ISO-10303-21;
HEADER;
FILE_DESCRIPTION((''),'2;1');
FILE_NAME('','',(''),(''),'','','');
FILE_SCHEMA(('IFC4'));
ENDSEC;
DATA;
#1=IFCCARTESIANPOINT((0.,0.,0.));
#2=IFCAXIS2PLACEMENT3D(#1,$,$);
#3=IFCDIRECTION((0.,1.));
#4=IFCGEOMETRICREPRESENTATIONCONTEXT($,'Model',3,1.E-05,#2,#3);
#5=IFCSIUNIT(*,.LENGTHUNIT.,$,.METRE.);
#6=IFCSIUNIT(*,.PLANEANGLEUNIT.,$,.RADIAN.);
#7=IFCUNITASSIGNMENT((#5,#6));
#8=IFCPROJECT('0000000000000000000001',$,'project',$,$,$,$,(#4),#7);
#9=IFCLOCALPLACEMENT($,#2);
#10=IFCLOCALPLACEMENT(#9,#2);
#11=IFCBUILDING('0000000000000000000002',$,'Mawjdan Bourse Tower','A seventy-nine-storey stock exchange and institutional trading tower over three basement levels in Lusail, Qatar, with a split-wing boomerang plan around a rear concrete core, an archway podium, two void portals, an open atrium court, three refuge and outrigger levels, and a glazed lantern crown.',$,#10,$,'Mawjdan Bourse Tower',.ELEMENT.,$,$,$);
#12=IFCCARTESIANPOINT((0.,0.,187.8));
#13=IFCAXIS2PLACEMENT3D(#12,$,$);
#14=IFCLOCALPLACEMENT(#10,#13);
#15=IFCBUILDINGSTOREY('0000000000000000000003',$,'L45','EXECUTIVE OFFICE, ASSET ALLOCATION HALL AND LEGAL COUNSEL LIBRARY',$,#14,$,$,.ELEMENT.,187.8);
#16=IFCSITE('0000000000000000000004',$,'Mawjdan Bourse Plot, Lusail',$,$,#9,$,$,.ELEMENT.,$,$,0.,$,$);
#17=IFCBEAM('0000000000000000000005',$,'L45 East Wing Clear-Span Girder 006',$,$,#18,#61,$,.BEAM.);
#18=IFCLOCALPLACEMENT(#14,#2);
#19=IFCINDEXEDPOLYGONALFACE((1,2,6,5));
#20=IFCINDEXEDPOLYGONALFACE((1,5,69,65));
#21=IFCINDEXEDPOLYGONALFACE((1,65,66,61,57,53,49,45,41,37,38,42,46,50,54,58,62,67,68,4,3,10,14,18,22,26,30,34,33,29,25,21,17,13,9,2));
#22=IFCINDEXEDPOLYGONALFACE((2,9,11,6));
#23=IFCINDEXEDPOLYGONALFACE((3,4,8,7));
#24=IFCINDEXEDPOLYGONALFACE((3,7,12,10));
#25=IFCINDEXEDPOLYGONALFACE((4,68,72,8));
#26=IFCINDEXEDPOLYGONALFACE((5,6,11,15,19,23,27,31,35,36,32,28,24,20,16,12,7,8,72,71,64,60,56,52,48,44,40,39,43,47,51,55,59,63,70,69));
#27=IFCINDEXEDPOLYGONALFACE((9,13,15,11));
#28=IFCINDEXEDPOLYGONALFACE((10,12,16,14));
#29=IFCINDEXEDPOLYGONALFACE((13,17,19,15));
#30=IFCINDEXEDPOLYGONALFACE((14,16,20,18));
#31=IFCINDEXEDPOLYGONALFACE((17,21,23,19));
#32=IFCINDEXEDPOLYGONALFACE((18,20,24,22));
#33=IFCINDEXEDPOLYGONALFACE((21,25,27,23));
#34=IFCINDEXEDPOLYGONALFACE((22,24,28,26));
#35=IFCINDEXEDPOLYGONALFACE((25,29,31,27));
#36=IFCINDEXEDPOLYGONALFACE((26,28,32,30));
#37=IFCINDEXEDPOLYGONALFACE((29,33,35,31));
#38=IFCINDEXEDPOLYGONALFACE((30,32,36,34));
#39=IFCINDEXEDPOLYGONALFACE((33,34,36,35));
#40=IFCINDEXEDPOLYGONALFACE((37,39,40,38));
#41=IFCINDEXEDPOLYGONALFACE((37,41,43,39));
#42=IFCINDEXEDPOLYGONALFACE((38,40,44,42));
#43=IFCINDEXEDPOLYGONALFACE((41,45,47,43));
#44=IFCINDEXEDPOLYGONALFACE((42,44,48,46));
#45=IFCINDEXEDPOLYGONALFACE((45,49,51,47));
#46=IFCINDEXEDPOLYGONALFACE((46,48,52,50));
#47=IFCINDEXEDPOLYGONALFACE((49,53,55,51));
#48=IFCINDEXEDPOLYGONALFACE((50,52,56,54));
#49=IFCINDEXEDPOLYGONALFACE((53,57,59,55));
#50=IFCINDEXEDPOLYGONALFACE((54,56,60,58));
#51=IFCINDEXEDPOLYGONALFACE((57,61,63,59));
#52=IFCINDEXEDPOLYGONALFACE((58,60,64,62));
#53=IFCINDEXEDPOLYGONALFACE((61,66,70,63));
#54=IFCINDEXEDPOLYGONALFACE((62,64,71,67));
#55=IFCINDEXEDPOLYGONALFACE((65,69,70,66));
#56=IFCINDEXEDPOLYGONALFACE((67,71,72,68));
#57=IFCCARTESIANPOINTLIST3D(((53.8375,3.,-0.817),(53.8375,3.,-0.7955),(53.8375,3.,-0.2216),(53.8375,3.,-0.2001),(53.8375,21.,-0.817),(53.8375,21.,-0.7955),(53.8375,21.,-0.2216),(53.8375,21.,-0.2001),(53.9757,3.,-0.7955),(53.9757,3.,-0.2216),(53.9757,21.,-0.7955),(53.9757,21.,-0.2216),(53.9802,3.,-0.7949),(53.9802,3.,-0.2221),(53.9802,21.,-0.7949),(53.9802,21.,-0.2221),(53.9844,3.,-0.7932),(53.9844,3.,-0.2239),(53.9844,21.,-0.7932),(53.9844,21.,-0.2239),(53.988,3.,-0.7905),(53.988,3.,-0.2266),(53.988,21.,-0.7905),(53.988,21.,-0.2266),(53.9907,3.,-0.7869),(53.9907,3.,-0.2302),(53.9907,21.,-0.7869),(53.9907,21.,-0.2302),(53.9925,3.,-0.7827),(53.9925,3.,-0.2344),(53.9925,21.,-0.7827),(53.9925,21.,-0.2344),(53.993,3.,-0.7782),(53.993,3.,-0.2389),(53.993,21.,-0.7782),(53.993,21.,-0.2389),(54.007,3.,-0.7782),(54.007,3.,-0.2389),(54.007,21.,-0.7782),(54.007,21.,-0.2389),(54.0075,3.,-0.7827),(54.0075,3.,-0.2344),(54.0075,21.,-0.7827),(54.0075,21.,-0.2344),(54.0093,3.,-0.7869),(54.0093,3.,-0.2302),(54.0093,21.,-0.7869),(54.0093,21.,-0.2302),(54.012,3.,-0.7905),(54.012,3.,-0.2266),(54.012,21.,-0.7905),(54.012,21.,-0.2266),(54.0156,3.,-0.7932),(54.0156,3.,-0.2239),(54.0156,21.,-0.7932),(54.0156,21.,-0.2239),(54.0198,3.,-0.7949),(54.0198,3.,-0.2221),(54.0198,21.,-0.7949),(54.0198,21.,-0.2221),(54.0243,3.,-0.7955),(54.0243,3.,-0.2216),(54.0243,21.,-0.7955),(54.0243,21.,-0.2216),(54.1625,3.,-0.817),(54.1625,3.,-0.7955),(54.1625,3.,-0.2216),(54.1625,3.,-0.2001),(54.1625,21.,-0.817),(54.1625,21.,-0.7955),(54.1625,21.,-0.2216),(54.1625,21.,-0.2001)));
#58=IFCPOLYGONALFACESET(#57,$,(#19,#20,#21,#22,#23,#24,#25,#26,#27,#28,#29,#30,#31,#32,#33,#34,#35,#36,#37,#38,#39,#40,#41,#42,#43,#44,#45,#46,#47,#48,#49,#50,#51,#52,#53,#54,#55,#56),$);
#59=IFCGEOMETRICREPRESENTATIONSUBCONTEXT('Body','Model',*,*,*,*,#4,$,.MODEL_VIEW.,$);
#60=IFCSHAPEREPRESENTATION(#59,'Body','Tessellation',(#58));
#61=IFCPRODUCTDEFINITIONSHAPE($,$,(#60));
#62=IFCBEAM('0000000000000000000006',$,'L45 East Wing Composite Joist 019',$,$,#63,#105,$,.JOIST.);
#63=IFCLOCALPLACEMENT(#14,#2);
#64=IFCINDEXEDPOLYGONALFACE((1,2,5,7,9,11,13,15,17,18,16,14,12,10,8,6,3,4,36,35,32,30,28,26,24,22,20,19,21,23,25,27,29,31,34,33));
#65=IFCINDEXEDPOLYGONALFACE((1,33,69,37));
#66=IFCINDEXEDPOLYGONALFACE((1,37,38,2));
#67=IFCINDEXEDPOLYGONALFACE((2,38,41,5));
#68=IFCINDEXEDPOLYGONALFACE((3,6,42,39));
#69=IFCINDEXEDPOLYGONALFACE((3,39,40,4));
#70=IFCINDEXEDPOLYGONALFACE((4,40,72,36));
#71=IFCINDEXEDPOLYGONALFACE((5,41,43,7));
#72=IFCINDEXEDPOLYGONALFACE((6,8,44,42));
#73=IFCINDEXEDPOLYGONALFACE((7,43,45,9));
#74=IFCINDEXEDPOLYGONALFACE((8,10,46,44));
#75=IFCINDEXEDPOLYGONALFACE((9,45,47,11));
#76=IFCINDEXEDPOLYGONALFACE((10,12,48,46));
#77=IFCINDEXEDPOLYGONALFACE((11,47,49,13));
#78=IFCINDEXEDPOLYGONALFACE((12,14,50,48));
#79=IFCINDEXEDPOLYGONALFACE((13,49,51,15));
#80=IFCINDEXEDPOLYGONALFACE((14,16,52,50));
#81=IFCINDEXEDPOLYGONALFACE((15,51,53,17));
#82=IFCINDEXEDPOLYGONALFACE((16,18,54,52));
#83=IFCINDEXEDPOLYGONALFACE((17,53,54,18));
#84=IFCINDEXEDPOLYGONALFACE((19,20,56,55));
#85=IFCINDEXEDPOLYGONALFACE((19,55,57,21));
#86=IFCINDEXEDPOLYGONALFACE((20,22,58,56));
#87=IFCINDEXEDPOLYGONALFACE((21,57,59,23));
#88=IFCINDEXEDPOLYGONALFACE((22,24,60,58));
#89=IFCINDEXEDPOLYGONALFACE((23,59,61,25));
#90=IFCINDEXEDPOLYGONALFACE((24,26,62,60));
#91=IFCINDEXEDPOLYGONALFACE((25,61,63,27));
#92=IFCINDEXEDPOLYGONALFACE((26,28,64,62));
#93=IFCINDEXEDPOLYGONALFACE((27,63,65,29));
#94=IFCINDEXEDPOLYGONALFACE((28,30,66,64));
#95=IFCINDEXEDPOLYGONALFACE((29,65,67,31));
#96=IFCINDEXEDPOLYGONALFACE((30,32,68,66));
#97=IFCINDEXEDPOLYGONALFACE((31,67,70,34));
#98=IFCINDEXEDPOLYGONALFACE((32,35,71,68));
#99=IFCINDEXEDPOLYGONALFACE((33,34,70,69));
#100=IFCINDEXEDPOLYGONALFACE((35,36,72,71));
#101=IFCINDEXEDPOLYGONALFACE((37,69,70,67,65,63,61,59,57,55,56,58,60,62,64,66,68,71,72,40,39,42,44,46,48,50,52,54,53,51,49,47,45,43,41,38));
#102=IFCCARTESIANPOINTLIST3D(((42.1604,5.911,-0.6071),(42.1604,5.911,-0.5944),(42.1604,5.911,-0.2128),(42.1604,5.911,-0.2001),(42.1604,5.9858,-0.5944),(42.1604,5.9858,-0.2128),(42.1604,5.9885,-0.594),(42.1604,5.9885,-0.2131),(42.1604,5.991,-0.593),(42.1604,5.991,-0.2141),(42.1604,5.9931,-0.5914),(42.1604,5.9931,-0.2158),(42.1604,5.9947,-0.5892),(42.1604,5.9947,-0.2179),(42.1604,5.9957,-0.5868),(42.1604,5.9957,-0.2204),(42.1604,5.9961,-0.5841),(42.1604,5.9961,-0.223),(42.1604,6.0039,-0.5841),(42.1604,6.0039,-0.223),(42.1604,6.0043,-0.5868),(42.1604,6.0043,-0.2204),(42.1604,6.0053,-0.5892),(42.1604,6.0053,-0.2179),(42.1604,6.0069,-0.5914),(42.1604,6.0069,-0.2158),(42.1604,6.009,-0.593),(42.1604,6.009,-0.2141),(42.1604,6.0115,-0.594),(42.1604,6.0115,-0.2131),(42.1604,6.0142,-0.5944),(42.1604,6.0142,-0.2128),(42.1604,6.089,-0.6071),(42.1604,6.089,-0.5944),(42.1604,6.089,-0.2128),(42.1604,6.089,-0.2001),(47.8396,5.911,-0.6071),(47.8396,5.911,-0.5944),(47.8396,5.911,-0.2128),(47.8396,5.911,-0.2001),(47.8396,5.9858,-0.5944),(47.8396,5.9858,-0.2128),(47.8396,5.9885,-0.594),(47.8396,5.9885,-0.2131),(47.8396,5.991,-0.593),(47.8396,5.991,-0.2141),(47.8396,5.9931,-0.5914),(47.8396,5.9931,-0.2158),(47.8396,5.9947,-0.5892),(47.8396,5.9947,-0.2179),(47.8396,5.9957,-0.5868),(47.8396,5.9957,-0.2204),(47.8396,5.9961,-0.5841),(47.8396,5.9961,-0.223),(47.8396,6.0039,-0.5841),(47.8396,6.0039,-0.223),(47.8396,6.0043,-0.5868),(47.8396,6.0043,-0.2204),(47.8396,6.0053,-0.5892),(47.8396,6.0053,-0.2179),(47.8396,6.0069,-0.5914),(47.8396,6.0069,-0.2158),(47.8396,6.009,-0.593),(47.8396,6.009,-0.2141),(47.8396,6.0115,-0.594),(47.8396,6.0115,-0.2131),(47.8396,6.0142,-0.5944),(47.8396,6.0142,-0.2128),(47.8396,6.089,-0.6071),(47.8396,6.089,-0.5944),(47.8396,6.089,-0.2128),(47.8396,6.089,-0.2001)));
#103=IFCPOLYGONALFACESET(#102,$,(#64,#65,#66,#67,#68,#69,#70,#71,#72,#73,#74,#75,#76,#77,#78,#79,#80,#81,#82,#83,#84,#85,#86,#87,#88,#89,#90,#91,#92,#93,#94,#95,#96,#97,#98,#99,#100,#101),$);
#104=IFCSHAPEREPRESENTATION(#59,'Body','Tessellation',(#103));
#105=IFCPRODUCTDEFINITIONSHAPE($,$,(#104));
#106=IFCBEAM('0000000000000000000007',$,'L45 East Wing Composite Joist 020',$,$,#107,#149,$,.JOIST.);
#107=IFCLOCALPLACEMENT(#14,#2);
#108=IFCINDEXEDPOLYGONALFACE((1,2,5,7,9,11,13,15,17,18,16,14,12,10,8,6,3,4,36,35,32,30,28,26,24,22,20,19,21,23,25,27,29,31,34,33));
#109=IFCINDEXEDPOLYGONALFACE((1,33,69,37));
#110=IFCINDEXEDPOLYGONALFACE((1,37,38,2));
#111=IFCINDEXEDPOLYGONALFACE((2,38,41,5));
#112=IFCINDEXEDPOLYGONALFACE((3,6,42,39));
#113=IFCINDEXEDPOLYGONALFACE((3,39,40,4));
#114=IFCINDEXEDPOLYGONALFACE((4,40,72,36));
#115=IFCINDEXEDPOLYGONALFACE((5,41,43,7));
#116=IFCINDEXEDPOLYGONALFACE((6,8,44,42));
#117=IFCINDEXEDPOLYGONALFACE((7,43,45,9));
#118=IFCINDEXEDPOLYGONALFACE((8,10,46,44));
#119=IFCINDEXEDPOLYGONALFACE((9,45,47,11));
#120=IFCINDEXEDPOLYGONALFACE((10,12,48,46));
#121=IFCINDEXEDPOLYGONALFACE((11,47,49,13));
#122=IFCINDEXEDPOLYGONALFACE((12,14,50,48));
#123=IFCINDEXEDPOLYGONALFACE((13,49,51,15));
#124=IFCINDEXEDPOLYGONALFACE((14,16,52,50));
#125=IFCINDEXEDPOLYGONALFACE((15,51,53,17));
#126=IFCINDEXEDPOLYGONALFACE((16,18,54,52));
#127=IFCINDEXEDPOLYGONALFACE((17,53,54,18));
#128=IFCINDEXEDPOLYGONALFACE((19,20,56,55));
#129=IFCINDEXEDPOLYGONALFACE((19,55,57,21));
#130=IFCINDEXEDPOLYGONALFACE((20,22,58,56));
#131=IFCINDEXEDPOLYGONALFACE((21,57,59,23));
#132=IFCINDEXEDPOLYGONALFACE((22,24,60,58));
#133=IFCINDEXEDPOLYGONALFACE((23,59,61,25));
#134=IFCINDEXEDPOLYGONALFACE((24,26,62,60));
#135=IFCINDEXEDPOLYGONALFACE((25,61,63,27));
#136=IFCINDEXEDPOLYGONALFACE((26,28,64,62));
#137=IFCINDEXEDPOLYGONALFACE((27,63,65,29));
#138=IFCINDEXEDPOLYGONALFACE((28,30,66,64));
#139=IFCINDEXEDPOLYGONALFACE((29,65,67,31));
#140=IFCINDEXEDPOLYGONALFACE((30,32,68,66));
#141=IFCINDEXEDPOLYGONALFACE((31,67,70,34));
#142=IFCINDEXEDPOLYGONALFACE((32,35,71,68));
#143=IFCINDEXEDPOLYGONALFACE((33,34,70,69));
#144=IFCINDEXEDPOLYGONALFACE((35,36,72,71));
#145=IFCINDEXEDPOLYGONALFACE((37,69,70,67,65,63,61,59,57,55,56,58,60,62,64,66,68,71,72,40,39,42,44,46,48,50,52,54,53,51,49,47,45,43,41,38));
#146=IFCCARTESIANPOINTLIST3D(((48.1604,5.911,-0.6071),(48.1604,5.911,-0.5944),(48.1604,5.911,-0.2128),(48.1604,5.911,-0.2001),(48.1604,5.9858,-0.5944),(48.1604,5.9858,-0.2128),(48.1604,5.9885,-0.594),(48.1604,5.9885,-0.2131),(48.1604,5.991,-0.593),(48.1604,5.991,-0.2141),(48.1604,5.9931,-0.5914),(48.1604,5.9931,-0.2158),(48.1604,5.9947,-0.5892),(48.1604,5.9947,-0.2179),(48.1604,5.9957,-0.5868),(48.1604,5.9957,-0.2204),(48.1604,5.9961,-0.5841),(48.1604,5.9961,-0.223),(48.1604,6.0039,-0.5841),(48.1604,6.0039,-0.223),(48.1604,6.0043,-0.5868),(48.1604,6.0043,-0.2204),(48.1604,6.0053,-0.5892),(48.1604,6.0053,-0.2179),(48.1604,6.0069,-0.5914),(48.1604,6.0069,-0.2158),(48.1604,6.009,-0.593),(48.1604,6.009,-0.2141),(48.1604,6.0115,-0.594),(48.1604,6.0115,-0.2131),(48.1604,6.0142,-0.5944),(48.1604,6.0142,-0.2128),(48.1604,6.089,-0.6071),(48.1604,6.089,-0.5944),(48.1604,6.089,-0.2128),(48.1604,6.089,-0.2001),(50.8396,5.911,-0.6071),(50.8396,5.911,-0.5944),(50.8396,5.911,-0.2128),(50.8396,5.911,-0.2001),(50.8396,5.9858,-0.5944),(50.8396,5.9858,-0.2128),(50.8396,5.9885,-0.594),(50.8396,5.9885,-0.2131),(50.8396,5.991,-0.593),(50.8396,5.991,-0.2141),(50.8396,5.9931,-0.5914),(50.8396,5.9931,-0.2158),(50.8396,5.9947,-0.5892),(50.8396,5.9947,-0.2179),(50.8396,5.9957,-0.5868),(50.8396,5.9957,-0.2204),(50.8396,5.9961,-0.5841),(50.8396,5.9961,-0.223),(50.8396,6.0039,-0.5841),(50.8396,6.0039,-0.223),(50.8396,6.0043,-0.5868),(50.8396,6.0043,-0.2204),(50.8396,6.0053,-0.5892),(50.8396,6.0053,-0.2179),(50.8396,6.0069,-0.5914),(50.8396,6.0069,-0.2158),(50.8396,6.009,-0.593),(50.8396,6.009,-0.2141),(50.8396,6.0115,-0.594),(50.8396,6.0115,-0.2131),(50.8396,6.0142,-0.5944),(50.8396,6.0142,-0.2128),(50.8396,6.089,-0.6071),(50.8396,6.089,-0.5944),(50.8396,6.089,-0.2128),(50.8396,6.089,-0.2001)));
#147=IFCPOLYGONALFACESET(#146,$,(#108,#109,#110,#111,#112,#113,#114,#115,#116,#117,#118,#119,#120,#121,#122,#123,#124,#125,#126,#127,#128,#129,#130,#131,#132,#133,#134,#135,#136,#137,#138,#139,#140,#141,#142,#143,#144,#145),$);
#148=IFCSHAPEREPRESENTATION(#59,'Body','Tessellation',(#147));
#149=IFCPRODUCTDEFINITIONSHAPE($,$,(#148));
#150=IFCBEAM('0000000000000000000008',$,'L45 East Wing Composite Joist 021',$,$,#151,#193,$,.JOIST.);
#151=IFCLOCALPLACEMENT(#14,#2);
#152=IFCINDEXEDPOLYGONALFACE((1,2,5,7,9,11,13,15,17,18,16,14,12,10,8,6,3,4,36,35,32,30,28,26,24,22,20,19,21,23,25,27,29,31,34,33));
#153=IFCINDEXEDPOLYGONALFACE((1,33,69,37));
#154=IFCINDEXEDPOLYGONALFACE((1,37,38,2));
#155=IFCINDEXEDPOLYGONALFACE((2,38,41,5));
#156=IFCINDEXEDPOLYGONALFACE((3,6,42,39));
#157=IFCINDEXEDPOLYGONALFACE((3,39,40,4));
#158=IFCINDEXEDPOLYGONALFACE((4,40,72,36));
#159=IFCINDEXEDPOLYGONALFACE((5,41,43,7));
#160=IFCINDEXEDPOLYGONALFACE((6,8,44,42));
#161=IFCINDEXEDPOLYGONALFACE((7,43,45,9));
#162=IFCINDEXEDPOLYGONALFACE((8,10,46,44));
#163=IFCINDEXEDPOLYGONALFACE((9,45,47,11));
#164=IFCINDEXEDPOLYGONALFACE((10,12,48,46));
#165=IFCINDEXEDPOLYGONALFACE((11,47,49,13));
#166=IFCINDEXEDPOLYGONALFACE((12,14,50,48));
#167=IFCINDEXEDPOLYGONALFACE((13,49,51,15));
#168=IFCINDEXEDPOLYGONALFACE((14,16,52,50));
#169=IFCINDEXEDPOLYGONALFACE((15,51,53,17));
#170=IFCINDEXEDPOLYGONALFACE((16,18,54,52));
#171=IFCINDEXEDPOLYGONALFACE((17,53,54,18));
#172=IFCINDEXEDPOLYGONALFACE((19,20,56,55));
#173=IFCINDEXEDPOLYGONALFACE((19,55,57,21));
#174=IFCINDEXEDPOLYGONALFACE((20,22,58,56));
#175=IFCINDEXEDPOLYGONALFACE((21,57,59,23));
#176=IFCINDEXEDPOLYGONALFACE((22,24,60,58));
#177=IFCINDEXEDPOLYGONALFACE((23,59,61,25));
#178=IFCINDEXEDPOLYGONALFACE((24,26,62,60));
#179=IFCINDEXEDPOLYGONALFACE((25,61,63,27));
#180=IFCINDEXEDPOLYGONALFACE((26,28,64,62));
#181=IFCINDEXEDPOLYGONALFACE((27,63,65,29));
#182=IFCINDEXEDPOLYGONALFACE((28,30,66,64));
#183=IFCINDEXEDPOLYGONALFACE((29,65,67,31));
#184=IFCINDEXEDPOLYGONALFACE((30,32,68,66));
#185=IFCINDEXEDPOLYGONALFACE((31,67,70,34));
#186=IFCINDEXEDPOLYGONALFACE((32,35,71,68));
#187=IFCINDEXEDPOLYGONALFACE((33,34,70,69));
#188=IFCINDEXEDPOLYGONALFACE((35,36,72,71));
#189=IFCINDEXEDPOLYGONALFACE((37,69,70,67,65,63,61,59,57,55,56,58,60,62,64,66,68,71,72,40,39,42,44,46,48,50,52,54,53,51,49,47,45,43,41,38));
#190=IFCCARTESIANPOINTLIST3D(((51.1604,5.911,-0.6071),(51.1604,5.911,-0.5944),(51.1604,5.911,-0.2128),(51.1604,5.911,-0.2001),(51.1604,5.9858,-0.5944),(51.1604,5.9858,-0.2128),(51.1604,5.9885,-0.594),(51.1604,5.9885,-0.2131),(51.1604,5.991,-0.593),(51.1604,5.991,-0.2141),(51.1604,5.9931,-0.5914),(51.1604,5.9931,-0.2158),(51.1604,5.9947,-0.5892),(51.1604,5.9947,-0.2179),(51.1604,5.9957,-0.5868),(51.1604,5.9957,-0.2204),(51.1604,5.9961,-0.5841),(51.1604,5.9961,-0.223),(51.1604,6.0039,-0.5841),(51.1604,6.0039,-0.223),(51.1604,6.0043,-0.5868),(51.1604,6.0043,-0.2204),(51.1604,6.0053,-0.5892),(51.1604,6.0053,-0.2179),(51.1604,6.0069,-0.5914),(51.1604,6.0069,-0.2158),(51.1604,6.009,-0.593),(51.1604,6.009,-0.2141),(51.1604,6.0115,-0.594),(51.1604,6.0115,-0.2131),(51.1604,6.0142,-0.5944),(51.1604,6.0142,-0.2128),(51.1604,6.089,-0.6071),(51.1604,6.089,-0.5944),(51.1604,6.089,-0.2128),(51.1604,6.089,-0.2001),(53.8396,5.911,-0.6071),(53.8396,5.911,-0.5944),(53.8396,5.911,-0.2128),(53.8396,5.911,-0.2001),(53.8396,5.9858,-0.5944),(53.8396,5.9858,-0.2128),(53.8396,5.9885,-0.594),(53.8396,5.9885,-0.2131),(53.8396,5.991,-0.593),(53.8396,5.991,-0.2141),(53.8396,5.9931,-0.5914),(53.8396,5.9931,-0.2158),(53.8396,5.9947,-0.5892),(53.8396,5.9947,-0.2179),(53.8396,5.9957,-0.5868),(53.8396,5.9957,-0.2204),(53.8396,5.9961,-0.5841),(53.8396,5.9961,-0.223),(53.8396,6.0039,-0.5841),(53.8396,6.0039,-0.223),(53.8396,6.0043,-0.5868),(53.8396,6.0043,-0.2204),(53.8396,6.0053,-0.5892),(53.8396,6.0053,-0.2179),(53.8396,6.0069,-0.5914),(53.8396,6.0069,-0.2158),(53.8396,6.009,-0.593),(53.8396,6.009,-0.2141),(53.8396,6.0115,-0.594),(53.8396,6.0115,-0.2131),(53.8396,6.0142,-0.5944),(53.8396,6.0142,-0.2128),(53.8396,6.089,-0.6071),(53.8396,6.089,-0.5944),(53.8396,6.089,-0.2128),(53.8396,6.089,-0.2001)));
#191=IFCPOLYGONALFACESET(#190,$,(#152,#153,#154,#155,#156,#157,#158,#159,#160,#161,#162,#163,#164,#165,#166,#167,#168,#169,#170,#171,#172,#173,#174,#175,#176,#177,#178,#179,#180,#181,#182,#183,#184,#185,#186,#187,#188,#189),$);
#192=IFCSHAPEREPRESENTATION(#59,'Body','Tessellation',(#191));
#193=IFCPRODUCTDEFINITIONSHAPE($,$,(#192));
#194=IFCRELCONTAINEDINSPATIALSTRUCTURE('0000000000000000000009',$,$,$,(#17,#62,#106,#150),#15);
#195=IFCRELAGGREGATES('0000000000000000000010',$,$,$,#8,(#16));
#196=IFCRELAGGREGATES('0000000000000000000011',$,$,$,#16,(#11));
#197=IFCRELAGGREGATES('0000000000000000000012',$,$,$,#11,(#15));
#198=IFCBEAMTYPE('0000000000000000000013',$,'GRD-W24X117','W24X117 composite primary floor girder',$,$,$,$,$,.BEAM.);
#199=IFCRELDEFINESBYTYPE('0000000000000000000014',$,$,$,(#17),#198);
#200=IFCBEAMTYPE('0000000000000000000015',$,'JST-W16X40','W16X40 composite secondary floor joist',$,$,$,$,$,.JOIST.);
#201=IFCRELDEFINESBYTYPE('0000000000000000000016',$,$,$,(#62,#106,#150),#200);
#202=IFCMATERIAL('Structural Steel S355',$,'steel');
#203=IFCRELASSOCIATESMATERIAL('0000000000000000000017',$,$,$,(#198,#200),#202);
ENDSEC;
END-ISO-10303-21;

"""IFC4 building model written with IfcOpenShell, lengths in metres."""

from ifc_helpers import new_model, si_unit, direction, frame, origin, origin_2d, place, context, subcontext, project, spatial, i_section, extrude, material, material_profile, profile_set, type_object, element, save


model = new_model("IFC4")

# Units and contexts
model_context = context("Model", 3, precision=1e-05, world=origin(), true_north=direction((0.0, 1.0)))
body_context = subcontext(model_context, "Body", "Model", "MODEL_VIEW")
ifc_project = project(units=[si_unit("LENGTHUNIT", "METRE"), si_unit("PLANEANGLEUNIT", "RADIAN")], contexts=[model_context])

# Site, building, storey
site_placement = place(None, origin())
site = spatial("IfcSite", under=ifc_project, at=site_placement, Name="Mawjdan Bourse Plot, Lusail", CompositionType="ELEMENT", RefElevation=0.0)
building_placement = place(site_placement, origin())
building = spatial("IfcBuilding", under=site, at=building_placement, Name="Mawjdan Bourse Tower", Description="A seventy-nine-storey stock exchange and institutional trading tower over three basement levels in Lusail, Qatar, with a split-wing boomerang plan around a rear concrete core, an archway podium, two void portals, an open atrium court, three refuge and outrigger levels, and a glazed lantern crown.", LongName="Mawjdan Bourse Tower", CompositionType="ELEMENT")
storey_placement = place(building_placement, frame((0.0, 0.0, 187.8)))
storey = spatial("IfcBuildingStorey", under=building, at=storey_placement, Name="L45", Description="EXECUTIVE OFFICE, ASSET ALLOCATION HALL AND LEGAL COUNSEL LIBRARY", CompositionType="ELEMENT", Elevation=187.8)

# Beams
ifc_material_1 = material(Name="Structural Steel S355", Category="steel")
ifc_material_profile_1 = material_profile(ifc_material_1, i_section(OverallWidth=0.325, OverallDepth=0.6169, WebThickness=0.0139, FlangeThickness=0.0215, FilletRadius=0.0173, at=origin_2d()), Name="W24X117")
ifc_profile_set_1 = profile_set([ifc_material_profile_1], Name="Structural Steel S355")
beam_type_1 = type_object("IfcBeamType", Name="GRD-W24X117", Description="W24X117 composite primary floor girder", PredefinedType="BEAM", material=ifc_profile_set_1)
for number, where, z_axis, x_axis, name in (
    (1, (54.0, 3.0, -0.5085), (0.0, 1.0, 0.0), (-1.0, 0.0, 0.0), "L45 East Wing Clear-Span Girder 006"),
):
    element("IfcBeam", number, at=place(storey_placement, frame(where, z_axis=z_axis, x_axis=x_axis)), inside=storey, type_object=beam_type_1, Name=name, PredefinedType="BEAM", context=body_context, shape_type="SweptSolid", body=[
        extrude(i_section(OverallWidth=0.325, OverallDepth=0.6169, WebThickness=0.0139, FlangeThickness=0.0215, FilletRadius=0.0173, at=origin_2d()), origin(), (0.0, 0.0, 1.0), 18.0),
    ])
ifc_material_profile_2 = material_profile(ifc_material_1, i_section(OverallWidth=0.178, OverallDepth=0.407, WebThickness=0.0078, FlangeThickness=0.0127, FilletRadius=0.0103, at=origin_2d()), Name="W16X40")
ifc_profile_set_2 = profile_set([ifc_material_profile_2], Name="Structural Steel S355")
beam_type_2 = type_object("IfcBeamType", Name="JST-W16X40", Description="W16X40 composite secondary floor joist", PredefinedType="JOIST", material=ifc_profile_set_2)
beam_1_placement = place(storey_placement, frame((42.1604, 6.0, -0.4036), z_axis=(1.0, 0.0, 0.0), x_axis=(0.0, 1.0, 0.0)))
element("IfcBeam", 2, at=beam_1_placement, inside=storey, type_object=beam_type_2, Name="L45 East Wing Composite Joist 019", PredefinedType="JOIST", context=body_context, shape_type="SweptSolid", body=[
    extrude(i_section(OverallWidth=0.178, OverallDepth=0.407, WebThickness=0.0078, FlangeThickness=0.0127, FilletRadius=0.0103, at=origin_2d()), origin(), (0.0, 0.0, 1.0), 5.6792),
])
for number, where, z_axis, x_axis, name in (
    (3, (48.1604, 6.0, -0.4036), (1.0, 0.0, 0.0), (0.0, 1.0, 0.0), "L45 East Wing Composite Joist 020"),
    (4, (51.1604, 6.0, -0.4036), (1.0, 0.0, 0.0), (0.0, 1.0, 0.0), "L45 East Wing Composite Joist 021"),
):
    element("IfcBeam", number, at=place(storey_placement, frame(where, z_axis=z_axis, x_axis=x_axis)), inside=storey, type_object=beam_type_2, Name=name, PredefinedType="JOIST", context=body_context, shape_type="SweptSolid", body=[
        extrude(i_section(OverallWidth=0.178, OverallDepth=0.407, WebThickness=0.0078, FlangeThickness=0.0127, FilletRadius=0.0103, at=origin_2d()), origin(), (0.0, 0.0, 1.0), 2.6792),
    ])

save(model, "model.ifc")
